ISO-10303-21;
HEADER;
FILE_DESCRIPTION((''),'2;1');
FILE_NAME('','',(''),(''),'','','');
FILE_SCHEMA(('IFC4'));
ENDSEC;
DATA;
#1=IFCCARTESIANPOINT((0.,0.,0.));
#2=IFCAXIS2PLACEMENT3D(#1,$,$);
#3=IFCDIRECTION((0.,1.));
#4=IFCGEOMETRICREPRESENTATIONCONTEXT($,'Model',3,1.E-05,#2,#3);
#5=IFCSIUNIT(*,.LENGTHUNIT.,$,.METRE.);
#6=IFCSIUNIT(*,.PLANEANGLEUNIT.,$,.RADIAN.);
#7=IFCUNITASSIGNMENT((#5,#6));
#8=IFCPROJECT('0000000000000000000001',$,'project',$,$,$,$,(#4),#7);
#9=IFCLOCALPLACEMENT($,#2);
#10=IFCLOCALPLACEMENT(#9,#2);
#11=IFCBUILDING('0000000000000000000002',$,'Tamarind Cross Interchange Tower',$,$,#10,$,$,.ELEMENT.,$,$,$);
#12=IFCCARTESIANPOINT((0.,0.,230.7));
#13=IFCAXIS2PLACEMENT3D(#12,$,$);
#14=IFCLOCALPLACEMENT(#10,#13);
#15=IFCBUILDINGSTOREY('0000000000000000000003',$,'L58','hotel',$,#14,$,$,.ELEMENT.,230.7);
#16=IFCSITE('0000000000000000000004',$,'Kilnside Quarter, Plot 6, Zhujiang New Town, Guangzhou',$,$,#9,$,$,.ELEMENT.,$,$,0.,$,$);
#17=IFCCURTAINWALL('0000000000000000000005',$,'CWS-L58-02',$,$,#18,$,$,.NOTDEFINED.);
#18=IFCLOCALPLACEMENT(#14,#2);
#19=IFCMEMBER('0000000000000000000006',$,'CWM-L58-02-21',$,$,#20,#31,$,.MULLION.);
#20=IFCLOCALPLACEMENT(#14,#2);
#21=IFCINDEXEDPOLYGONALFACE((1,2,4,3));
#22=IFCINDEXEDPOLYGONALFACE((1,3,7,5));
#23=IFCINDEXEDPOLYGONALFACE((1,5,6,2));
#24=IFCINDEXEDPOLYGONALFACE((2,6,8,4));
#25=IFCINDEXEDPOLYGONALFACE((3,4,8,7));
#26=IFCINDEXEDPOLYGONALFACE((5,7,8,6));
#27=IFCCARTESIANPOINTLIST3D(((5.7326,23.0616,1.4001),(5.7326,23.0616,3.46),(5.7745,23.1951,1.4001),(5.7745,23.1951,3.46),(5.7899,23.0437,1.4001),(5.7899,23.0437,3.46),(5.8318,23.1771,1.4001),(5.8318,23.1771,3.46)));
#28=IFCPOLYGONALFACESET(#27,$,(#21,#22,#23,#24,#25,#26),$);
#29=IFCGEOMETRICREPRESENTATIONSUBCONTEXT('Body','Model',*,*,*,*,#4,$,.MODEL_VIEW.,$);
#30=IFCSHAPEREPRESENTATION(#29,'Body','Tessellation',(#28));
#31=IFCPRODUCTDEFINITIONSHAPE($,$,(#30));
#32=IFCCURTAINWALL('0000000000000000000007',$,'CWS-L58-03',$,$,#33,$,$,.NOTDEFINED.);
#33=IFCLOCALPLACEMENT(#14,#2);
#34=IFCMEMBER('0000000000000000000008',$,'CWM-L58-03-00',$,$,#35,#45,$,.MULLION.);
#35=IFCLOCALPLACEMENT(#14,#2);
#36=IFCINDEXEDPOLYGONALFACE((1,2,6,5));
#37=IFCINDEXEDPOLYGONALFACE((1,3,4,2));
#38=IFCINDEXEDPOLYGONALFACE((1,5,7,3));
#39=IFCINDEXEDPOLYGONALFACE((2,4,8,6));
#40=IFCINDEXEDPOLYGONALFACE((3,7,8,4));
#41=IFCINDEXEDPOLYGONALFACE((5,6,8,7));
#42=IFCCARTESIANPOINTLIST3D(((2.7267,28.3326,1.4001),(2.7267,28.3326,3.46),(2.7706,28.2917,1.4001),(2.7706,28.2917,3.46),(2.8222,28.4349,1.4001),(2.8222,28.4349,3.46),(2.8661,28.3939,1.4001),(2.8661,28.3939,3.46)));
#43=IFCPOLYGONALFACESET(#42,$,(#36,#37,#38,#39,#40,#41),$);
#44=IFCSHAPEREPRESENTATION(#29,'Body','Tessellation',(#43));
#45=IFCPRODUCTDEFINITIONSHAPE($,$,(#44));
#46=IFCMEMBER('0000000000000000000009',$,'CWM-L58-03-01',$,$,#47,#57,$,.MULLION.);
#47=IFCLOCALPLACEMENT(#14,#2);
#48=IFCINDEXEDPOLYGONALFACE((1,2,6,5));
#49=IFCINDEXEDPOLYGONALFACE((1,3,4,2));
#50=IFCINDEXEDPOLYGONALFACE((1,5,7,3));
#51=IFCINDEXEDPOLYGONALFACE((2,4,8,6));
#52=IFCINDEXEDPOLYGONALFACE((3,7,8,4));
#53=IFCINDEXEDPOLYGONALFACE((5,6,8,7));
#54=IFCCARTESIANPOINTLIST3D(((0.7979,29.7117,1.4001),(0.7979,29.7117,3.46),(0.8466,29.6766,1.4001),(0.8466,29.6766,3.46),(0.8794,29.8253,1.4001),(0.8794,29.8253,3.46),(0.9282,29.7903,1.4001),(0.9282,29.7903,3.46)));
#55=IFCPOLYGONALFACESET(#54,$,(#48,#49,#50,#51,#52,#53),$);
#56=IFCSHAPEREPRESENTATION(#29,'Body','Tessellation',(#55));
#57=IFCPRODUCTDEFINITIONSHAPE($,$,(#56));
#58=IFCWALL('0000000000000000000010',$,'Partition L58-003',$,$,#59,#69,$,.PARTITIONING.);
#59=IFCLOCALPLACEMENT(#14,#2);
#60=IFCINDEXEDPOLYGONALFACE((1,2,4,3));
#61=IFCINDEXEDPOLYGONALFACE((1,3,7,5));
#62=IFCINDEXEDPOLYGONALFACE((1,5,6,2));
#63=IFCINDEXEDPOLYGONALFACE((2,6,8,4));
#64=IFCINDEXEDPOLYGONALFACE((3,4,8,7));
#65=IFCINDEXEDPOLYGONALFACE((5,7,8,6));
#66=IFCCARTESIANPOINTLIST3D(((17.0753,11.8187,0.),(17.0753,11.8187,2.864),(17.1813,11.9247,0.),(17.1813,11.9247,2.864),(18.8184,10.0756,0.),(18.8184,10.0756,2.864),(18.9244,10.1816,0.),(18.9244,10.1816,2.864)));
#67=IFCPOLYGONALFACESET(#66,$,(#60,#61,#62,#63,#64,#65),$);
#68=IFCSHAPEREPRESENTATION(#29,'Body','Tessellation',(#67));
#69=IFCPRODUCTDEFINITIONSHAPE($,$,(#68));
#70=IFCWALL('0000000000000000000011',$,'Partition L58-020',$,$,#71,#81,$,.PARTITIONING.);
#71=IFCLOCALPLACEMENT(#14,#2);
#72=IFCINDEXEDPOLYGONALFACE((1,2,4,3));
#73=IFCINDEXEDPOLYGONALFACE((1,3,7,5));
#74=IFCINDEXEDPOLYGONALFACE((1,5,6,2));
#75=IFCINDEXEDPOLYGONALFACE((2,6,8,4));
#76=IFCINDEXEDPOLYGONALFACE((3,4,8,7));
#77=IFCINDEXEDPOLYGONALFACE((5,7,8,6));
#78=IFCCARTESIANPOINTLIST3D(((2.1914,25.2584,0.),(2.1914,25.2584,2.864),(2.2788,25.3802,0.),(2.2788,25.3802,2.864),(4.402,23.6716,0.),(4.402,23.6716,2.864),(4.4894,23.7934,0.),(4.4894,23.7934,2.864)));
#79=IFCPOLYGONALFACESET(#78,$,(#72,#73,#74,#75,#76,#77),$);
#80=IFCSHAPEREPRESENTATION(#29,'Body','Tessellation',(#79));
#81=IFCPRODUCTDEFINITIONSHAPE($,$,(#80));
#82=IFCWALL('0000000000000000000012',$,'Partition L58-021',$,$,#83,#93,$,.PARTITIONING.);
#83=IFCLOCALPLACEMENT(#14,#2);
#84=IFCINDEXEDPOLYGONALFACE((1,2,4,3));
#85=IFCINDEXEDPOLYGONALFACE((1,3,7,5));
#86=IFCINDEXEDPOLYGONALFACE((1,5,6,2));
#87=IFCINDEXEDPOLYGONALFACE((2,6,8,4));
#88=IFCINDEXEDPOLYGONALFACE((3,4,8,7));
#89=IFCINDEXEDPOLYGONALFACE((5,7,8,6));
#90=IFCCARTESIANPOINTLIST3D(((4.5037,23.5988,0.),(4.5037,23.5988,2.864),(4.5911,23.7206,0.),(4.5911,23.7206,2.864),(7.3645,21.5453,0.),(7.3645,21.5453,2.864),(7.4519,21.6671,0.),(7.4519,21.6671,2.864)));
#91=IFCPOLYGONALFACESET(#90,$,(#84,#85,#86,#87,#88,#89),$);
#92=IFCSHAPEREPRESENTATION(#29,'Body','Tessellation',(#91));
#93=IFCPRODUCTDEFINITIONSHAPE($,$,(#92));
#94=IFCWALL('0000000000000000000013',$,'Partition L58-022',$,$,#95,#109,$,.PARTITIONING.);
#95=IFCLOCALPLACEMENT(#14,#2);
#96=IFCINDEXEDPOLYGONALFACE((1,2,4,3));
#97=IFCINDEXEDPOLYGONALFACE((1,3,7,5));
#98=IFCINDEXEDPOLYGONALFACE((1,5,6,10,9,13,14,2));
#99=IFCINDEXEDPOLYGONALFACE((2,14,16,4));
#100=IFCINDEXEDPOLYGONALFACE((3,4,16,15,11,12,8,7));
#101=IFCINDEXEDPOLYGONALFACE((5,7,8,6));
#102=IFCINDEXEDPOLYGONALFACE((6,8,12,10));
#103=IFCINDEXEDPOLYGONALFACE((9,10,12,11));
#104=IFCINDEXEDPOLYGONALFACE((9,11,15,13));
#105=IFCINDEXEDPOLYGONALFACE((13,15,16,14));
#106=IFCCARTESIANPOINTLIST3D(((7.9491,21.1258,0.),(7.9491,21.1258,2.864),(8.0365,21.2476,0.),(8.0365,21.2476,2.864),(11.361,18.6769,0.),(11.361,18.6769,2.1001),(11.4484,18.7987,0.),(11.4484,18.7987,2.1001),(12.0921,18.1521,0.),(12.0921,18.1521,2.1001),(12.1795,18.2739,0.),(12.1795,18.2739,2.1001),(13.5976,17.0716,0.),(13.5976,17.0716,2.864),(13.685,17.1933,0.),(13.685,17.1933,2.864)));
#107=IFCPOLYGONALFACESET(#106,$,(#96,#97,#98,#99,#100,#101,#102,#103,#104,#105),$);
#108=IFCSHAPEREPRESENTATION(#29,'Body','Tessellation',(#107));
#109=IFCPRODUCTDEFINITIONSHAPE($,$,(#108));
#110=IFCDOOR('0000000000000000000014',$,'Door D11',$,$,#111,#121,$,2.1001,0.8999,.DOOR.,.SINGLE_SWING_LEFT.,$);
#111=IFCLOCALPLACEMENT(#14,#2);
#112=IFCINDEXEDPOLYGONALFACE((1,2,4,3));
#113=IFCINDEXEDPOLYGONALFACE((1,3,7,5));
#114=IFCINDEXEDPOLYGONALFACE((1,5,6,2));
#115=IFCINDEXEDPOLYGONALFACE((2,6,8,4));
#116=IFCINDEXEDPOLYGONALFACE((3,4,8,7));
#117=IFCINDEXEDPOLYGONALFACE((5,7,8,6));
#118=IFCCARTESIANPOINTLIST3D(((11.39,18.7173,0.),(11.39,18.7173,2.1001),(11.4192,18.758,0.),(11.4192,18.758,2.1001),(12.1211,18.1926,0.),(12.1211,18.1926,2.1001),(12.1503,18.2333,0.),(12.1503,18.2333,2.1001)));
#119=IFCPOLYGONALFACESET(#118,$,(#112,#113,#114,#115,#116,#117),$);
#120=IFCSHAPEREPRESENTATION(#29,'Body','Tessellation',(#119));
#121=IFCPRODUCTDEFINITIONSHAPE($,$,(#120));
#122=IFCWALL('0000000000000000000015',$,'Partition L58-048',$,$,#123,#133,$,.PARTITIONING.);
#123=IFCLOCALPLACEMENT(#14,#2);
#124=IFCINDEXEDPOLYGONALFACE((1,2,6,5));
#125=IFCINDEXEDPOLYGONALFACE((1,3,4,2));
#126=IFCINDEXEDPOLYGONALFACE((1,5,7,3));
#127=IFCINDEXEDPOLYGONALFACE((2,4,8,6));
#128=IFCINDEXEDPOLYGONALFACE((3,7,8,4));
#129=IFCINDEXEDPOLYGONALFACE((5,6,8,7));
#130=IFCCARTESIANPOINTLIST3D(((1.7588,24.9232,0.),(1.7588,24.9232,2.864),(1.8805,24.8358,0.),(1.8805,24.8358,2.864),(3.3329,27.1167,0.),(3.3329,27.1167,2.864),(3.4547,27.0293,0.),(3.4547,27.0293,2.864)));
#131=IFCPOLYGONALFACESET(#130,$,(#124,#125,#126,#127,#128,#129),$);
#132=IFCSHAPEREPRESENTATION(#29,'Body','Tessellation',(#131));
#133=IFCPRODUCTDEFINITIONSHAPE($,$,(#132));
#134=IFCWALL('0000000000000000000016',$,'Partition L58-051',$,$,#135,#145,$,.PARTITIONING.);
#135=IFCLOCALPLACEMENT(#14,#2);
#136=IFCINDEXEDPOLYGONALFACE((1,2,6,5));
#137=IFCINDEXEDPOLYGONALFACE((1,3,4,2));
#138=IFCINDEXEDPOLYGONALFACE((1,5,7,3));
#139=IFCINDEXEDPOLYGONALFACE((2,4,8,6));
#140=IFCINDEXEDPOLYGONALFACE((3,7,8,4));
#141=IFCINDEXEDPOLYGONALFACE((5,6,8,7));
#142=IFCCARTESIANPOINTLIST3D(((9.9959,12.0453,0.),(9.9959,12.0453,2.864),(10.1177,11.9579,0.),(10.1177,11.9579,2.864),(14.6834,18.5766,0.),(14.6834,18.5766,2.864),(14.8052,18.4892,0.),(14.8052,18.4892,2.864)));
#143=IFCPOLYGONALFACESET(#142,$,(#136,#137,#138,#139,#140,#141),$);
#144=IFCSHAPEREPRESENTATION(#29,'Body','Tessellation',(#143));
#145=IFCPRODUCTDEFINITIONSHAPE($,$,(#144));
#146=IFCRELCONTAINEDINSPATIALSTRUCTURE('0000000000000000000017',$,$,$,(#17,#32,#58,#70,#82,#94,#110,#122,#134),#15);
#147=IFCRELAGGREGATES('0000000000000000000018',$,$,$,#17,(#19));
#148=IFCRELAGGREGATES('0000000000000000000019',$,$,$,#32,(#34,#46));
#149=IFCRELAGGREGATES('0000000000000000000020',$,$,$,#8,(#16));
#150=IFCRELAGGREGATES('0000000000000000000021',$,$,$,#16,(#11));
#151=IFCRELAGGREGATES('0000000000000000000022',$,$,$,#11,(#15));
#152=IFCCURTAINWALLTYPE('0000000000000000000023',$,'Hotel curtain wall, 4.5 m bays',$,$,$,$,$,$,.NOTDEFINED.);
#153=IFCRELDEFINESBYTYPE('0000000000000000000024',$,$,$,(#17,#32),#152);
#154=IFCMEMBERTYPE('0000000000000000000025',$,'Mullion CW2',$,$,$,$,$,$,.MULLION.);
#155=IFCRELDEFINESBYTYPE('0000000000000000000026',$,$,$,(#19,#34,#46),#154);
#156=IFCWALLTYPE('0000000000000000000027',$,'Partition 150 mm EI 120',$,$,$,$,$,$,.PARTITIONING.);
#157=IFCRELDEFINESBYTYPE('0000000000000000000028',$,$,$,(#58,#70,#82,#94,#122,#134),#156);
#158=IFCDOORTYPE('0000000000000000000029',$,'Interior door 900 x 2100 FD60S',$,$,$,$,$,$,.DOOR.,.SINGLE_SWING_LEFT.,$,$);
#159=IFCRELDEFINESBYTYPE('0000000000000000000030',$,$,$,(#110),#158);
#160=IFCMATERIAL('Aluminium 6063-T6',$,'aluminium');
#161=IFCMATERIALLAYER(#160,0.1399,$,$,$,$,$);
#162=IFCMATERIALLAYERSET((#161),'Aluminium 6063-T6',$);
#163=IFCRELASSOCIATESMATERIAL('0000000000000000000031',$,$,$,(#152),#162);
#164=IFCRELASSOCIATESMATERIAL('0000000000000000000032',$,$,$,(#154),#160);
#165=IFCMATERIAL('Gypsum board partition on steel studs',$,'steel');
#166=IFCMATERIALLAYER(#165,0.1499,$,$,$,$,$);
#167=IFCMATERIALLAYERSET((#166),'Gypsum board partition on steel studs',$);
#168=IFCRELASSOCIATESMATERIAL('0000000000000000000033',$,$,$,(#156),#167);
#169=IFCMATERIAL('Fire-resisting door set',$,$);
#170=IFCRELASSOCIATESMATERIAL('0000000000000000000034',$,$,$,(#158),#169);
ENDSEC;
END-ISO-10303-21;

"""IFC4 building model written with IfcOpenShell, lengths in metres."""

from ifc_helpers import new_model, si_unit, direction, frame, frame_2d, origin, origin_2d, place, context, subcontext, project, spatial, rectangle, extrude, material, layer, layer_set, material_profile, profile_set, type_object, element, fill, aggregate, save


model = new_model("IFC4")

# Units and contexts
model_context = context("Model", 3, precision=1e-05, world=origin(), true_north=direction((0.0, 1.0)))
body_context = subcontext(model_context, "Body", "Model", "MODEL_VIEW")
ifc_project = project(units=[si_unit("LENGTHUNIT", "METRE"), si_unit("PLANEANGLEUNIT", "RADIAN")], contexts=[model_context])

# Site, building, storey
site_placement = place(None, origin())
site = spatial("IfcSite", under=ifc_project, at=site_placement, Name="Kilnside Quarter, Plot 6, Zhujiang New Town, Guangzhou", CompositionType="ELEMENT", RefElevation=0.0)
building_placement = place(site_placement, origin())
building = spatial("IfcBuilding", under=site, at=building_placement, Name="Tamarind Cross Interchange Tower", CompositionType="ELEMENT")
storey_placement = place(building_placement, frame((0.0, 0.0, 230.7)))
storey = spatial("IfcBuildingStorey", under=building, at=storey_placement, Name="L58", Description="hotel", CompositionType="ELEMENT", Elevation=230.7)

# Curtain walls, members
ifc_material_1 = material(Name="Aluminium 6063-T6", Category="aluminium")
ifc_layer_1 = layer(ifc_material_1, 0.1399)
ifc_layer_set_1 = layer_set([ifc_layer_1], Name="Aluminium 6063-T6")
curtain_wall_type = type_object("IfcCurtainWallType", Name="Hotel curtain wall, 4.5 m bays", PredefinedType="NOTDEFINED", material=ifc_layer_set_1)
curtain_wall_1_placement = place(storey_placement, origin())
curtain_wall_1 = element("IfcCurtainWall", 1, at=curtain_wall_1_placement, inside=storey, type_object=curtain_wall_type, Name="CWS-L58-02", PredefinedType="NOTDEFINED")
ifc_material_profile_1 = material_profile(ifc_material_1, rectangle(XDim=0.0601, YDim=0.1399, at=origin_2d()), Name="Mullion CW2")
ifc_profile_set_1 = profile_set([ifc_material_profile_1], Name="Aluminium 6063-T6")
member_type = type_object("IfcMemberType", Name="Mullion CW2", PredefinedType="MULLION", material=ifc_profile_set_1)
member_1_placement = place(storey_placement, frame((5.7822, 23.1194, 1.4001), z_axis=(0.0, 0.0, 1.0), x_axis=(-0.954125, 0.299407, 0.0)))
member_1 = element("IfcMember", 2, at=member_1_placement, type_object=member_type, Name="CWM-L58-02-21", PredefinedType="MULLION", context=body_context, shape_type="SweptSolid", body=[
    extrude(rectangle(XDim=0.0601, YDim=0.1399, at=origin_2d()), origin(), (0.0, 0.0, 1.0), 2.0598),
])
aggregate(curtain_wall_1, [member_1])
curtain_wall_2_placement = place(storey_placement, origin())
curtain_wall_2 = element("IfcCurtainWall", 3, at=curtain_wall_2_placement, inside=storey, type_object=curtain_wall_type, Name="CWS-L58-03", PredefinedType="NOTDEFINED")
member_2_placement = place(storey_placement, frame((2.7964, 28.3633, 1.4001), z_axis=(0.0, 0.0, 1.0), x_axis=(-0.730927, 0.682455, 0.0)))
member_2 = element("IfcMember", 4, at=member_2_placement, type_object=member_type, Name="CWM-L58-03-00", PredefinedType="MULLION", context=body_context, shape_type="SweptSolid", body=[
    extrude(rectangle(XDim=0.0601, YDim=0.1399, at=origin_2d()), origin(), (0.0, 0.0, 1.0), 2.0598),
])
member_3_placement = place(storey_placement, frame((0.863, 29.751, 1.4001), z_axis=(0.0, 0.0, 1.0), x_axis=(-0.812385, 0.583122, 0.0)))
member_3 = element("IfcMember", 5, at=member_3_placement, type_object=member_type, Name="CWM-L58-03-01", PredefinedType="MULLION", context=body_context, shape_type="SweptSolid", body=[
    extrude(rectangle(XDim=0.0601, YDim=0.1399, at=origin_2d()), origin(), (0.0, 0.0, 1.0), 2.0598),
])
aggregate(curtain_wall_2, [member_2, member_3])

# Walls
ifc_material_2 = material(Name="Gypsum board partition on steel studs", Category="steel")
ifc_layer_2 = layer(ifc_material_2, 0.1499)
ifc_layer_set_2 = layer_set([ifc_layer_2], Name="Gypsum board partition on steel studs")
wall_type = type_object("IfcWallType", Name="Partition 150 mm EI 120", PredefinedType="PARTITIONING", material=ifc_layer_set_2)
wall_1_placement = place(storey_placement, frame((17.1284, 11.8716, 0.0), z_axis=(0.0, 0.0, 1.0), x_axis=(0.707107, -0.707107, 0.0)))
element("IfcWall", 6, at=wall_1_placement, inside=storey, type_object=wall_type, Name="Partition L58-003", PredefinedType="PARTITIONING", context=body_context, shape_type="SweptSolid", body=[
    extrude(rectangle(XDim=2.4651, YDim=0.1499, at=frame_2d((1.2324, 0.0))), origin(), (0.0, 0.0, 1.0), 2.864),
])
wall_2_placement = place(storey_placement, frame((2.2351, 25.3193, 0.0), z_axis=(0.0, 0.0, 1.0), x_axis=(0.812367, -0.583146, 0.0)))
element("IfcWall", 7, at=wall_2_placement, inside=storey, type_object=wall_type, Name="Partition L58-020", PredefinedType="PARTITIONING", context=body_context, shape_type="SweptSolid", body=[
    extrude(rectangle(XDim=2.7212, YDim=0.1499, at=frame_2d((1.3606, 0.0))), origin(), (0.0, 0.0, 1.0), 2.864),
])
wall_3_placement = place(storey_placement, frame((4.5474, 23.6597, 0.0), z_axis=(0.0, 0.0, 1.0), x_axis=(0.812387, -0.583119, 0.0)))
element("IfcWall", 8, at=wall_3_placement, inside=storey, type_object=wall_type, Name="Partition L58-021", PredefinedType="PARTITIONING", context=body_context, shape_type="SweptSolid", body=[
    extrude(rectangle(XDim=3.5215, YDim=0.1499, at=frame_2d((1.7607, 0.0))), origin(), (0.0, 0.0, 1.0), 2.864),
])

# Wall, opening, door
wall_4_placement = place(storey_placement, frame((7.9927, 21.1868, 0.0), z_axis=(0.0, 0.0, 1.0), x_axis=(0.812398, -0.583103, 0.0)))
wall_4 = element("IfcWall", 9, at=wall_4_placement, inside=storey, type_object=wall_type, Name="Partition L58-022", PredefinedType="PARTITIONING", context=body_context, shape_type="SweptSolid", body=[
    extrude(rectangle(XDim=6.9529, YDim=0.1499, at=frame_2d((3.4766, 0.0))), origin(), (0.0, 0.0, 1.0), 2.864),
])
opening_placement = place(wall_4_placement, frame((4.2, 0.0, 0.0)))
opening = element("IfcOpeningElement", 10, at=opening_placement, cuts=wall_4, PredefinedType="OPENING", context=body_context, shape_type="SweptSolid", body=[
    extrude(rectangle(XDim=0.8999, YDim=2.1001, at=frame_2d((0.45, 1.05))), frame((0.0, 0.085, 0.0), z_axis=(0.0, -1.0, 0.0), x_axis=(1.0, 0.0, 0.0)), (0.0, 0.0, 1.0), 0.1699),
])
ifc_material_3 = material(Name="Fire-resisting door set")
door_type = type_object("IfcDoorType", Name="Interior door 900 x 2100 FD60S", OperationType="SINGLE_SWING_LEFT", PredefinedType="DOOR", material=ifc_material_3)
door_placement = place(opening_placement, origin())
door = element("IfcDoor", 11, at=door_placement, inside=storey, type_object=door_type, Name="Door D11", OperationType="SINGLE_SWING_LEFT", OverallHeight=2.1001, OverallWidth=0.8999, PredefinedType="DOOR", context=body_context, shape_type="SweptSolid", body=[
    extrude(rectangle(XDim=0.8999, YDim=2.1001, at=frame_2d((0.45, 1.05))), frame((0.0, 0.0249, 0.0), z_axis=(0.0, -1.0, 0.0), x_axis=(1.0, 0.0, 0.0)), (0.0, 0.0, 1.0), 0.05),
])
fill(opening, door)

# Walls
wall_5_placement = place(storey_placement, frame((1.8196, 24.8794, 0.0), z_axis=(0.0, 0.0, 1.0), x_axis=(0.583042, 0.812442, 0.0)))
element("IfcWall", 12, at=wall_5_placement, inside=storey, type_object=wall_type, Name="Partition L58-048", PredefinedType="PARTITIONING", context=body_context, shape_type="SweptSolid", body=[
    extrude(rectangle(XDim=2.7, YDim=0.1499, at=frame_2d((1.3501, 0.0))), origin(), (0.0, 0.0, 1.0), 2.864),
])
wall_6_placement = place(storey_placement, frame((10.0569, 12.0017, 0.0), z_axis=(0.0, 0.0, 1.0), x_axis=(0.583075, 0.812418, 0.0)))
element("IfcWall", 13, at=wall_6_placement, inside=storey, type_object=wall_type, Name="Partition L58-051", PredefinedType="PARTITIONING", context=body_context, shape_type="SweptSolid", body=[
    extrude(rectangle(XDim=8.0393, YDim=0.1499, at=frame_2d((4.0195, 0.0))), origin(), (0.0, 0.0, 1.0), 2.864),
])

save(model, "model.ifc")
